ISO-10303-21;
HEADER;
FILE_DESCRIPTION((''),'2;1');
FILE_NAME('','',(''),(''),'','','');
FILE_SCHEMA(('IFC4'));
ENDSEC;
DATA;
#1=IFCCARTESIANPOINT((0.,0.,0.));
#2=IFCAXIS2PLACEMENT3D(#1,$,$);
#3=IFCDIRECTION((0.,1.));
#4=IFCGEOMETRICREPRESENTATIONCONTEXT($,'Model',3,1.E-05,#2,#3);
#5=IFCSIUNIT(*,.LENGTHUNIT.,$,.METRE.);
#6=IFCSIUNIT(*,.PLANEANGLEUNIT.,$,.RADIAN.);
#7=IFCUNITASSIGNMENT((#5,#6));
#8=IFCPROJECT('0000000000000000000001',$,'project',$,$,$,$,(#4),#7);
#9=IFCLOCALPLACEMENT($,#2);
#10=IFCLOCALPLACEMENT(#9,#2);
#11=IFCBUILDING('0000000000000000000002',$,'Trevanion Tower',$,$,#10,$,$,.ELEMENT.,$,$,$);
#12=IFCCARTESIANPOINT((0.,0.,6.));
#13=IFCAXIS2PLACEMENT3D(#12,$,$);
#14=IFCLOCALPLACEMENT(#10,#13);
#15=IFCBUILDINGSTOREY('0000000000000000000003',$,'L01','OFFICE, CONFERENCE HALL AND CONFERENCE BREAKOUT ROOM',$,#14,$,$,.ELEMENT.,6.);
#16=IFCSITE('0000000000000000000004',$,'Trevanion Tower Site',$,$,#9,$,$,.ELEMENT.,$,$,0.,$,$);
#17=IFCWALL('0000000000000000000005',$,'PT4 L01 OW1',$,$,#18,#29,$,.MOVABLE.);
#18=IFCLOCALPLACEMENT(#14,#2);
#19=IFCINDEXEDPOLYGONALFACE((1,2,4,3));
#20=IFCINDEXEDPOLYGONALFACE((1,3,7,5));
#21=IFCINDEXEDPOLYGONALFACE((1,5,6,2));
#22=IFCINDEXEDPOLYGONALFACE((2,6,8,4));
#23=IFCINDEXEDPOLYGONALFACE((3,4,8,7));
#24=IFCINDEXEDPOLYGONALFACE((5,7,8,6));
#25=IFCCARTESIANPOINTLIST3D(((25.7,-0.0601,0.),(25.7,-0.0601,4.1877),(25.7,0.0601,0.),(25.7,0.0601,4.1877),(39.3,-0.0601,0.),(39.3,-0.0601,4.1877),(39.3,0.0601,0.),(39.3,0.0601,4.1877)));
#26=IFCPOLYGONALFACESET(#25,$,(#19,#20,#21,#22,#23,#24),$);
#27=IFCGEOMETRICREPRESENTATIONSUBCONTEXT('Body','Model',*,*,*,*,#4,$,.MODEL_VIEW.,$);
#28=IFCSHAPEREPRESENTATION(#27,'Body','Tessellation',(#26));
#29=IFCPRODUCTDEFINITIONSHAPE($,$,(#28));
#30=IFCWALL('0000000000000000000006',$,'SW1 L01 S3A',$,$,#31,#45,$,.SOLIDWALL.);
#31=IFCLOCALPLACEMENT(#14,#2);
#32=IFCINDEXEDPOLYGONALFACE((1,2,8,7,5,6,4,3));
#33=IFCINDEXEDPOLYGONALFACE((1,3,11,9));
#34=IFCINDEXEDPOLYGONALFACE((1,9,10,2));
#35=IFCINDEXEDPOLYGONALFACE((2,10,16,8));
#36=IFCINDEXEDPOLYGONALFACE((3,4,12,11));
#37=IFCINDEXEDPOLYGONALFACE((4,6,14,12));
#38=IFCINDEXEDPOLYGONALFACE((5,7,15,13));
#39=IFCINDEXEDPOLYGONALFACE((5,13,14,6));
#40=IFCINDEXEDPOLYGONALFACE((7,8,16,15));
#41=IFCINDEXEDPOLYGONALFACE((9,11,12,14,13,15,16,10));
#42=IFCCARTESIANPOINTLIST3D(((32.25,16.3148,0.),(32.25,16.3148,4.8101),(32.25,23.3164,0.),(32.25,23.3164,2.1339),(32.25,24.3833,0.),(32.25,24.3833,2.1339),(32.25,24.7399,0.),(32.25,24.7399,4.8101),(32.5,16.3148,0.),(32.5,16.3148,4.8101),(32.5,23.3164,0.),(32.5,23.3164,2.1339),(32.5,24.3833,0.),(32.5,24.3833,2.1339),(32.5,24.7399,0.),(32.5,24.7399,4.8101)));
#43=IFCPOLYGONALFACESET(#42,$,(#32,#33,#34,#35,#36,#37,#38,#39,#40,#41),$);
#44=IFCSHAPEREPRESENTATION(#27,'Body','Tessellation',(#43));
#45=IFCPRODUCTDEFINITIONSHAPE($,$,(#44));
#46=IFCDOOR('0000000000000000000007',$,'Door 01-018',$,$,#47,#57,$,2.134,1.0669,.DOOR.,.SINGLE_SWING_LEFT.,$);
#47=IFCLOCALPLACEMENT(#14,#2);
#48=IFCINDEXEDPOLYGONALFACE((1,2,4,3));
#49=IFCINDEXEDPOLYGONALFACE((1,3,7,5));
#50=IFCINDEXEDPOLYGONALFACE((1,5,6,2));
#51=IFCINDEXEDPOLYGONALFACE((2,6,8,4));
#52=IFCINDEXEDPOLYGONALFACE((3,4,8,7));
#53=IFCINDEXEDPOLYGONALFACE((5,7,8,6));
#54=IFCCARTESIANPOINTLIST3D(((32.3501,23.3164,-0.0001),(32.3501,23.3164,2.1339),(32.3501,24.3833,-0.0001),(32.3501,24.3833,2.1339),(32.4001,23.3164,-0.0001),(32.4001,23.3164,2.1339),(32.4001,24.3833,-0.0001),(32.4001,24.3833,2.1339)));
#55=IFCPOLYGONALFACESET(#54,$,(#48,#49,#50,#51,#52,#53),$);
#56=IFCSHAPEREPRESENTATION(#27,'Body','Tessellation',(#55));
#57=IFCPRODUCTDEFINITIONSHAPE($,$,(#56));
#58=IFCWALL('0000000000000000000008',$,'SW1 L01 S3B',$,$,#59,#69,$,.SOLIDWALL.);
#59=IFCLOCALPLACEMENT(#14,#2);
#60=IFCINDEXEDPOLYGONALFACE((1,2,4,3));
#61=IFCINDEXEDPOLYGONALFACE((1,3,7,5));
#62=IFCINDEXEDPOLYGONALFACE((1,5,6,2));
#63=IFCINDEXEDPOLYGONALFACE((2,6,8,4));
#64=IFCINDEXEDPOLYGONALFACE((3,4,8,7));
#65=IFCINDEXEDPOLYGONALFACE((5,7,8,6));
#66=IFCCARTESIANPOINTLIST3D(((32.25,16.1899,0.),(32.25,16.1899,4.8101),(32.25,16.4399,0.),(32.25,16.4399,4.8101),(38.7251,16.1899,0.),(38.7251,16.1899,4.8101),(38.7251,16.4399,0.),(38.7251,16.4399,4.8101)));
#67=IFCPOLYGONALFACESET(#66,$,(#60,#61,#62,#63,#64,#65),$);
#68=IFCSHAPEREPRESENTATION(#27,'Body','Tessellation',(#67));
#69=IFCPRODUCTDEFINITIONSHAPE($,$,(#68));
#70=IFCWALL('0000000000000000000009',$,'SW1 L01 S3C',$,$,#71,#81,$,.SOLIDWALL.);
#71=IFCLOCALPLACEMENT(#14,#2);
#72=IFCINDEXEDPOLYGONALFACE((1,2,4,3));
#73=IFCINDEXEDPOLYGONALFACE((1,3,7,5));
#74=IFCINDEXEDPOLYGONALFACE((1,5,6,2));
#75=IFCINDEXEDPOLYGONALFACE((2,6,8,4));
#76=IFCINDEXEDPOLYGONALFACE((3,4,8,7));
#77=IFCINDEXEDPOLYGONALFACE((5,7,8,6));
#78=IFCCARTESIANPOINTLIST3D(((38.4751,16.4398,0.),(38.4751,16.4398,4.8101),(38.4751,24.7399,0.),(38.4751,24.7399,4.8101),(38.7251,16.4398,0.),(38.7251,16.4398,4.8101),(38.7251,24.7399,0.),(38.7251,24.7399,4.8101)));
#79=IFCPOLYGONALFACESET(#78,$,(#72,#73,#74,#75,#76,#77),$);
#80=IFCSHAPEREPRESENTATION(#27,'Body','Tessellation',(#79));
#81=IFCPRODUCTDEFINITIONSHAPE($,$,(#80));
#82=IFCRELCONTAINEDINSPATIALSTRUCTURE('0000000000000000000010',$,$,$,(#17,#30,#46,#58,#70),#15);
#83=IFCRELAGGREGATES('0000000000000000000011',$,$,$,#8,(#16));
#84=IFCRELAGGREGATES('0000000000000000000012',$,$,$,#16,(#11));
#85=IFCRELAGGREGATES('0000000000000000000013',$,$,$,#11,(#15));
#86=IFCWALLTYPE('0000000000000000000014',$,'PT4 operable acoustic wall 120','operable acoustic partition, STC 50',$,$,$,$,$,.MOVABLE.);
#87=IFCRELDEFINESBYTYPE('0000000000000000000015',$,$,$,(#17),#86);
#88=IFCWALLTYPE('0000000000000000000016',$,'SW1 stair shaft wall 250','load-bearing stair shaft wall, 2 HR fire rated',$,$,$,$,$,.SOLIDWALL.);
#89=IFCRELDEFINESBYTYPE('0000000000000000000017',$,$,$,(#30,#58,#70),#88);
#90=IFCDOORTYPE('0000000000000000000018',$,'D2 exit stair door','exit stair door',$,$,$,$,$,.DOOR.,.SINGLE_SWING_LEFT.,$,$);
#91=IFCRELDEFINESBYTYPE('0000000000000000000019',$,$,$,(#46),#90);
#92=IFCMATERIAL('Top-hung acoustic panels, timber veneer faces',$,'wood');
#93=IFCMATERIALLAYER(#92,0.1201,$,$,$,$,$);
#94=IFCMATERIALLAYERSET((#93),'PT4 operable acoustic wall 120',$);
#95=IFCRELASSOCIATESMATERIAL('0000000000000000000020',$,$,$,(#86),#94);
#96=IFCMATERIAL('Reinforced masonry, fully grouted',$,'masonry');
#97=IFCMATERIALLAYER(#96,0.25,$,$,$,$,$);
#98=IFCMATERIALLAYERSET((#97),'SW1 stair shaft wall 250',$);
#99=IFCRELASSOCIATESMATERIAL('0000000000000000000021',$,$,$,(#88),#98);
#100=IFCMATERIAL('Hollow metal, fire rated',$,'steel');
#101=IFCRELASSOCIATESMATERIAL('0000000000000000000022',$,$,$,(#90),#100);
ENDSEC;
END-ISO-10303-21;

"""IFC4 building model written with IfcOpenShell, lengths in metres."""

from ifc_helpers import new_model, si_unit, direction, frame, frame_2d, origin, place, context, subcontext, project, spatial, rectangle, extrude, material, layer, layer_set, type_object, element, fill, save


model = new_model("IFC4")

# Units and contexts
model_context = context("Model", 3, precision=1e-05, world=origin(), true_north=direction((0.0, 1.0)))
body_context = subcontext(model_context, "Body", "Model", "MODEL_VIEW")
ifc_project = project(units=[si_unit("LENGTHUNIT", "METRE"), si_unit("PLANEANGLEUNIT", "RADIAN")], contexts=[model_context])

# Site, building, storey
site_placement = place(None, origin())
site = spatial("IfcSite", under=ifc_project, at=site_placement, Name="Trevanion Tower Site", CompositionType="ELEMENT", RefElevation=0.0)
building_placement = place(site_placement, origin())
building = spatial("IfcBuilding", under=site, at=building_placement, Name="Trevanion Tower", CompositionType="ELEMENT")
storey_placement = place(building_placement, frame((0.0, 0.0, 6.0)))
storey = spatial("IfcBuildingStorey", under=building, at=storey_placement, Name="L01", Description="OFFICE, CONFERENCE HALL AND CONFERENCE BREAKOUT ROOM", CompositionType="ELEMENT", Elevation=6.0)

# Wall
ifc_material_1 = material(Name="Top-hung acoustic panels, timber veneer faces", Category="wood")
ifc_layer_1 = layer(ifc_material_1, 0.1201)
ifc_layer_set_1 = layer_set([ifc_layer_1], Name="PT4 operable acoustic wall 120")
wall_type_1 = type_object("IfcWallType", Name="PT4 operable acoustic wall 120", Description="operable acoustic partition, STC 50", PredefinedType="MOVABLE", material=ifc_layer_set_1)
wall_1_placement = place(storey_placement, frame((25.7, 0.0, 0.0), z_axis=(0.0, 0.0, 1.0), x_axis=(1.0, 0.0, 0.0)))
element("IfcWall", 1, at=wall_1_placement, inside=storey, type_object=wall_type_1, Name="PT4 L01 OW1", PredefinedType="MOVABLE", context=body_context, shape_type="SweptSolid", body=[
    extrude(rectangle(XDim=13.6001, YDim=0.1201, at=frame_2d((6.8, 0.0))), origin(), (0.0, 0.0, 1.0), 4.1877),
])

# Wall, opening, door
ifc_material_2 = material(Name="Reinforced masonry, fully grouted", Category="masonry")
ifc_layer_2 = layer(ifc_material_2, 0.25)
ifc_layer_set_2 = layer_set([ifc_layer_2], Name="SW1 stair shaft wall 250")
wall_type_2 = type_object("IfcWallType", Name="SW1 stair shaft wall 250", Description="load-bearing stair shaft wall, 2 HR fire rated", PredefinedType="SOLIDWALL", material=ifc_layer_set_2)
wall_2_placement = place(storey_placement, frame((32.375, 16.3149, 0.0), z_axis=(0.0, 0.0, 1.0), x_axis=(0.0, 1.0, 0.0)))
wall_2 = element("IfcWall", 2, at=wall_2_placement, inside=storey, type_object=wall_type_2, Name="SW1 L01 S3A", PredefinedType="SOLIDWALL", context=body_context, shape_type="SweptSolid", body=[
    extrude(rectangle(XDim=8.425, YDim=0.25, at=frame_2d((4.2124, 0.0))), origin(), (0.0, 0.0, 1.0), 4.8101),
])
opening_placement = place(wall_2_placement, frame((7.0015, 0.0, 0.0)))
opening = element("IfcOpeningElement", 3, at=opening_placement, cuts=wall_2, PredefinedType="OPENING", context=body_context, shape_type="SweptSolid", body=[
    extrude(rectangle(XDim=1.0669, YDim=2.134, at=frame_2d((0.5334, 1.0669))), frame((0.0, 0.135, 0.0), z_axis=(0.0, -1.0, 0.0), x_axis=(1.0, 0.0, 0.0)), (0.0, 0.0, 1.0), 0.27),
])
ifc_material_3 = material(Name="Hollow metal, fire rated", Category="steel")
door_type = type_object("IfcDoorType", Name="D2 exit stair door", Description="exit stair door", OperationType="SINGLE_SWING_LEFT", PredefinedType="DOOR", material=ifc_material_3)
door_placement = place(opening_placement, origin())
door = element("IfcDoor", 4, at=door_placement, inside=storey, type_object=door_type, Name="Door 01-018", OperationType="SINGLE_SWING_LEFT", OverallHeight=2.134, OverallWidth=1.0669, PredefinedType="DOOR", context=body_context, shape_type="SweptSolid", body=[
    extrude(rectangle(XDim=1.0669, YDim=2.134, at=frame_2d((0.5334, 1.0669))), frame((0.0, 0.0249, 0.0), z_axis=(0.0, -1.0, 0.0), x_axis=(1.0, 0.0, 0.0)), (0.0, 0.0, 1.0), 0.05),
])
fill(opening, door)

# Walls
wall_3_placement = place(storey_placement, frame((32.25, 16.3149, 0.0), z_axis=(0.0, 0.0, 1.0), x_axis=(1.0, 0.0, 0.0)))
element("IfcWall", 5, at=wall_3_placement, inside=storey, type_object=wall_type_2, Name="SW1 L01 S3B", PredefinedType="SOLIDWALL", context=body_context, shape_type="SweptSolid", body=[
    extrude(rectangle(XDim=6.4751, YDim=0.25, at=frame_2d((3.2375, 0.0))), origin(), (0.0, 0.0, 1.0), 4.8101),
])
wall_4_placement = place(storey_placement, frame((38.6001, 16.4399, 0.0), z_axis=(0.0, 0.0, 1.0), x_axis=(0.0, 1.0, 0.0)))
element("IfcWall", 6, at=wall_4_placement, inside=storey, type_object=wall_type_2, Name="SW1 L01 S3C", PredefinedType="SOLIDWALL", context=body_context, shape_type="SweptSolid", body=[
    extrude(rectangle(XDim=8.3, YDim=0.25, at=frame_2d((4.1499, 0.0))), origin(), (0.0, 0.0, 1.0), 4.8101),
])

save(model, "model.ifc")
